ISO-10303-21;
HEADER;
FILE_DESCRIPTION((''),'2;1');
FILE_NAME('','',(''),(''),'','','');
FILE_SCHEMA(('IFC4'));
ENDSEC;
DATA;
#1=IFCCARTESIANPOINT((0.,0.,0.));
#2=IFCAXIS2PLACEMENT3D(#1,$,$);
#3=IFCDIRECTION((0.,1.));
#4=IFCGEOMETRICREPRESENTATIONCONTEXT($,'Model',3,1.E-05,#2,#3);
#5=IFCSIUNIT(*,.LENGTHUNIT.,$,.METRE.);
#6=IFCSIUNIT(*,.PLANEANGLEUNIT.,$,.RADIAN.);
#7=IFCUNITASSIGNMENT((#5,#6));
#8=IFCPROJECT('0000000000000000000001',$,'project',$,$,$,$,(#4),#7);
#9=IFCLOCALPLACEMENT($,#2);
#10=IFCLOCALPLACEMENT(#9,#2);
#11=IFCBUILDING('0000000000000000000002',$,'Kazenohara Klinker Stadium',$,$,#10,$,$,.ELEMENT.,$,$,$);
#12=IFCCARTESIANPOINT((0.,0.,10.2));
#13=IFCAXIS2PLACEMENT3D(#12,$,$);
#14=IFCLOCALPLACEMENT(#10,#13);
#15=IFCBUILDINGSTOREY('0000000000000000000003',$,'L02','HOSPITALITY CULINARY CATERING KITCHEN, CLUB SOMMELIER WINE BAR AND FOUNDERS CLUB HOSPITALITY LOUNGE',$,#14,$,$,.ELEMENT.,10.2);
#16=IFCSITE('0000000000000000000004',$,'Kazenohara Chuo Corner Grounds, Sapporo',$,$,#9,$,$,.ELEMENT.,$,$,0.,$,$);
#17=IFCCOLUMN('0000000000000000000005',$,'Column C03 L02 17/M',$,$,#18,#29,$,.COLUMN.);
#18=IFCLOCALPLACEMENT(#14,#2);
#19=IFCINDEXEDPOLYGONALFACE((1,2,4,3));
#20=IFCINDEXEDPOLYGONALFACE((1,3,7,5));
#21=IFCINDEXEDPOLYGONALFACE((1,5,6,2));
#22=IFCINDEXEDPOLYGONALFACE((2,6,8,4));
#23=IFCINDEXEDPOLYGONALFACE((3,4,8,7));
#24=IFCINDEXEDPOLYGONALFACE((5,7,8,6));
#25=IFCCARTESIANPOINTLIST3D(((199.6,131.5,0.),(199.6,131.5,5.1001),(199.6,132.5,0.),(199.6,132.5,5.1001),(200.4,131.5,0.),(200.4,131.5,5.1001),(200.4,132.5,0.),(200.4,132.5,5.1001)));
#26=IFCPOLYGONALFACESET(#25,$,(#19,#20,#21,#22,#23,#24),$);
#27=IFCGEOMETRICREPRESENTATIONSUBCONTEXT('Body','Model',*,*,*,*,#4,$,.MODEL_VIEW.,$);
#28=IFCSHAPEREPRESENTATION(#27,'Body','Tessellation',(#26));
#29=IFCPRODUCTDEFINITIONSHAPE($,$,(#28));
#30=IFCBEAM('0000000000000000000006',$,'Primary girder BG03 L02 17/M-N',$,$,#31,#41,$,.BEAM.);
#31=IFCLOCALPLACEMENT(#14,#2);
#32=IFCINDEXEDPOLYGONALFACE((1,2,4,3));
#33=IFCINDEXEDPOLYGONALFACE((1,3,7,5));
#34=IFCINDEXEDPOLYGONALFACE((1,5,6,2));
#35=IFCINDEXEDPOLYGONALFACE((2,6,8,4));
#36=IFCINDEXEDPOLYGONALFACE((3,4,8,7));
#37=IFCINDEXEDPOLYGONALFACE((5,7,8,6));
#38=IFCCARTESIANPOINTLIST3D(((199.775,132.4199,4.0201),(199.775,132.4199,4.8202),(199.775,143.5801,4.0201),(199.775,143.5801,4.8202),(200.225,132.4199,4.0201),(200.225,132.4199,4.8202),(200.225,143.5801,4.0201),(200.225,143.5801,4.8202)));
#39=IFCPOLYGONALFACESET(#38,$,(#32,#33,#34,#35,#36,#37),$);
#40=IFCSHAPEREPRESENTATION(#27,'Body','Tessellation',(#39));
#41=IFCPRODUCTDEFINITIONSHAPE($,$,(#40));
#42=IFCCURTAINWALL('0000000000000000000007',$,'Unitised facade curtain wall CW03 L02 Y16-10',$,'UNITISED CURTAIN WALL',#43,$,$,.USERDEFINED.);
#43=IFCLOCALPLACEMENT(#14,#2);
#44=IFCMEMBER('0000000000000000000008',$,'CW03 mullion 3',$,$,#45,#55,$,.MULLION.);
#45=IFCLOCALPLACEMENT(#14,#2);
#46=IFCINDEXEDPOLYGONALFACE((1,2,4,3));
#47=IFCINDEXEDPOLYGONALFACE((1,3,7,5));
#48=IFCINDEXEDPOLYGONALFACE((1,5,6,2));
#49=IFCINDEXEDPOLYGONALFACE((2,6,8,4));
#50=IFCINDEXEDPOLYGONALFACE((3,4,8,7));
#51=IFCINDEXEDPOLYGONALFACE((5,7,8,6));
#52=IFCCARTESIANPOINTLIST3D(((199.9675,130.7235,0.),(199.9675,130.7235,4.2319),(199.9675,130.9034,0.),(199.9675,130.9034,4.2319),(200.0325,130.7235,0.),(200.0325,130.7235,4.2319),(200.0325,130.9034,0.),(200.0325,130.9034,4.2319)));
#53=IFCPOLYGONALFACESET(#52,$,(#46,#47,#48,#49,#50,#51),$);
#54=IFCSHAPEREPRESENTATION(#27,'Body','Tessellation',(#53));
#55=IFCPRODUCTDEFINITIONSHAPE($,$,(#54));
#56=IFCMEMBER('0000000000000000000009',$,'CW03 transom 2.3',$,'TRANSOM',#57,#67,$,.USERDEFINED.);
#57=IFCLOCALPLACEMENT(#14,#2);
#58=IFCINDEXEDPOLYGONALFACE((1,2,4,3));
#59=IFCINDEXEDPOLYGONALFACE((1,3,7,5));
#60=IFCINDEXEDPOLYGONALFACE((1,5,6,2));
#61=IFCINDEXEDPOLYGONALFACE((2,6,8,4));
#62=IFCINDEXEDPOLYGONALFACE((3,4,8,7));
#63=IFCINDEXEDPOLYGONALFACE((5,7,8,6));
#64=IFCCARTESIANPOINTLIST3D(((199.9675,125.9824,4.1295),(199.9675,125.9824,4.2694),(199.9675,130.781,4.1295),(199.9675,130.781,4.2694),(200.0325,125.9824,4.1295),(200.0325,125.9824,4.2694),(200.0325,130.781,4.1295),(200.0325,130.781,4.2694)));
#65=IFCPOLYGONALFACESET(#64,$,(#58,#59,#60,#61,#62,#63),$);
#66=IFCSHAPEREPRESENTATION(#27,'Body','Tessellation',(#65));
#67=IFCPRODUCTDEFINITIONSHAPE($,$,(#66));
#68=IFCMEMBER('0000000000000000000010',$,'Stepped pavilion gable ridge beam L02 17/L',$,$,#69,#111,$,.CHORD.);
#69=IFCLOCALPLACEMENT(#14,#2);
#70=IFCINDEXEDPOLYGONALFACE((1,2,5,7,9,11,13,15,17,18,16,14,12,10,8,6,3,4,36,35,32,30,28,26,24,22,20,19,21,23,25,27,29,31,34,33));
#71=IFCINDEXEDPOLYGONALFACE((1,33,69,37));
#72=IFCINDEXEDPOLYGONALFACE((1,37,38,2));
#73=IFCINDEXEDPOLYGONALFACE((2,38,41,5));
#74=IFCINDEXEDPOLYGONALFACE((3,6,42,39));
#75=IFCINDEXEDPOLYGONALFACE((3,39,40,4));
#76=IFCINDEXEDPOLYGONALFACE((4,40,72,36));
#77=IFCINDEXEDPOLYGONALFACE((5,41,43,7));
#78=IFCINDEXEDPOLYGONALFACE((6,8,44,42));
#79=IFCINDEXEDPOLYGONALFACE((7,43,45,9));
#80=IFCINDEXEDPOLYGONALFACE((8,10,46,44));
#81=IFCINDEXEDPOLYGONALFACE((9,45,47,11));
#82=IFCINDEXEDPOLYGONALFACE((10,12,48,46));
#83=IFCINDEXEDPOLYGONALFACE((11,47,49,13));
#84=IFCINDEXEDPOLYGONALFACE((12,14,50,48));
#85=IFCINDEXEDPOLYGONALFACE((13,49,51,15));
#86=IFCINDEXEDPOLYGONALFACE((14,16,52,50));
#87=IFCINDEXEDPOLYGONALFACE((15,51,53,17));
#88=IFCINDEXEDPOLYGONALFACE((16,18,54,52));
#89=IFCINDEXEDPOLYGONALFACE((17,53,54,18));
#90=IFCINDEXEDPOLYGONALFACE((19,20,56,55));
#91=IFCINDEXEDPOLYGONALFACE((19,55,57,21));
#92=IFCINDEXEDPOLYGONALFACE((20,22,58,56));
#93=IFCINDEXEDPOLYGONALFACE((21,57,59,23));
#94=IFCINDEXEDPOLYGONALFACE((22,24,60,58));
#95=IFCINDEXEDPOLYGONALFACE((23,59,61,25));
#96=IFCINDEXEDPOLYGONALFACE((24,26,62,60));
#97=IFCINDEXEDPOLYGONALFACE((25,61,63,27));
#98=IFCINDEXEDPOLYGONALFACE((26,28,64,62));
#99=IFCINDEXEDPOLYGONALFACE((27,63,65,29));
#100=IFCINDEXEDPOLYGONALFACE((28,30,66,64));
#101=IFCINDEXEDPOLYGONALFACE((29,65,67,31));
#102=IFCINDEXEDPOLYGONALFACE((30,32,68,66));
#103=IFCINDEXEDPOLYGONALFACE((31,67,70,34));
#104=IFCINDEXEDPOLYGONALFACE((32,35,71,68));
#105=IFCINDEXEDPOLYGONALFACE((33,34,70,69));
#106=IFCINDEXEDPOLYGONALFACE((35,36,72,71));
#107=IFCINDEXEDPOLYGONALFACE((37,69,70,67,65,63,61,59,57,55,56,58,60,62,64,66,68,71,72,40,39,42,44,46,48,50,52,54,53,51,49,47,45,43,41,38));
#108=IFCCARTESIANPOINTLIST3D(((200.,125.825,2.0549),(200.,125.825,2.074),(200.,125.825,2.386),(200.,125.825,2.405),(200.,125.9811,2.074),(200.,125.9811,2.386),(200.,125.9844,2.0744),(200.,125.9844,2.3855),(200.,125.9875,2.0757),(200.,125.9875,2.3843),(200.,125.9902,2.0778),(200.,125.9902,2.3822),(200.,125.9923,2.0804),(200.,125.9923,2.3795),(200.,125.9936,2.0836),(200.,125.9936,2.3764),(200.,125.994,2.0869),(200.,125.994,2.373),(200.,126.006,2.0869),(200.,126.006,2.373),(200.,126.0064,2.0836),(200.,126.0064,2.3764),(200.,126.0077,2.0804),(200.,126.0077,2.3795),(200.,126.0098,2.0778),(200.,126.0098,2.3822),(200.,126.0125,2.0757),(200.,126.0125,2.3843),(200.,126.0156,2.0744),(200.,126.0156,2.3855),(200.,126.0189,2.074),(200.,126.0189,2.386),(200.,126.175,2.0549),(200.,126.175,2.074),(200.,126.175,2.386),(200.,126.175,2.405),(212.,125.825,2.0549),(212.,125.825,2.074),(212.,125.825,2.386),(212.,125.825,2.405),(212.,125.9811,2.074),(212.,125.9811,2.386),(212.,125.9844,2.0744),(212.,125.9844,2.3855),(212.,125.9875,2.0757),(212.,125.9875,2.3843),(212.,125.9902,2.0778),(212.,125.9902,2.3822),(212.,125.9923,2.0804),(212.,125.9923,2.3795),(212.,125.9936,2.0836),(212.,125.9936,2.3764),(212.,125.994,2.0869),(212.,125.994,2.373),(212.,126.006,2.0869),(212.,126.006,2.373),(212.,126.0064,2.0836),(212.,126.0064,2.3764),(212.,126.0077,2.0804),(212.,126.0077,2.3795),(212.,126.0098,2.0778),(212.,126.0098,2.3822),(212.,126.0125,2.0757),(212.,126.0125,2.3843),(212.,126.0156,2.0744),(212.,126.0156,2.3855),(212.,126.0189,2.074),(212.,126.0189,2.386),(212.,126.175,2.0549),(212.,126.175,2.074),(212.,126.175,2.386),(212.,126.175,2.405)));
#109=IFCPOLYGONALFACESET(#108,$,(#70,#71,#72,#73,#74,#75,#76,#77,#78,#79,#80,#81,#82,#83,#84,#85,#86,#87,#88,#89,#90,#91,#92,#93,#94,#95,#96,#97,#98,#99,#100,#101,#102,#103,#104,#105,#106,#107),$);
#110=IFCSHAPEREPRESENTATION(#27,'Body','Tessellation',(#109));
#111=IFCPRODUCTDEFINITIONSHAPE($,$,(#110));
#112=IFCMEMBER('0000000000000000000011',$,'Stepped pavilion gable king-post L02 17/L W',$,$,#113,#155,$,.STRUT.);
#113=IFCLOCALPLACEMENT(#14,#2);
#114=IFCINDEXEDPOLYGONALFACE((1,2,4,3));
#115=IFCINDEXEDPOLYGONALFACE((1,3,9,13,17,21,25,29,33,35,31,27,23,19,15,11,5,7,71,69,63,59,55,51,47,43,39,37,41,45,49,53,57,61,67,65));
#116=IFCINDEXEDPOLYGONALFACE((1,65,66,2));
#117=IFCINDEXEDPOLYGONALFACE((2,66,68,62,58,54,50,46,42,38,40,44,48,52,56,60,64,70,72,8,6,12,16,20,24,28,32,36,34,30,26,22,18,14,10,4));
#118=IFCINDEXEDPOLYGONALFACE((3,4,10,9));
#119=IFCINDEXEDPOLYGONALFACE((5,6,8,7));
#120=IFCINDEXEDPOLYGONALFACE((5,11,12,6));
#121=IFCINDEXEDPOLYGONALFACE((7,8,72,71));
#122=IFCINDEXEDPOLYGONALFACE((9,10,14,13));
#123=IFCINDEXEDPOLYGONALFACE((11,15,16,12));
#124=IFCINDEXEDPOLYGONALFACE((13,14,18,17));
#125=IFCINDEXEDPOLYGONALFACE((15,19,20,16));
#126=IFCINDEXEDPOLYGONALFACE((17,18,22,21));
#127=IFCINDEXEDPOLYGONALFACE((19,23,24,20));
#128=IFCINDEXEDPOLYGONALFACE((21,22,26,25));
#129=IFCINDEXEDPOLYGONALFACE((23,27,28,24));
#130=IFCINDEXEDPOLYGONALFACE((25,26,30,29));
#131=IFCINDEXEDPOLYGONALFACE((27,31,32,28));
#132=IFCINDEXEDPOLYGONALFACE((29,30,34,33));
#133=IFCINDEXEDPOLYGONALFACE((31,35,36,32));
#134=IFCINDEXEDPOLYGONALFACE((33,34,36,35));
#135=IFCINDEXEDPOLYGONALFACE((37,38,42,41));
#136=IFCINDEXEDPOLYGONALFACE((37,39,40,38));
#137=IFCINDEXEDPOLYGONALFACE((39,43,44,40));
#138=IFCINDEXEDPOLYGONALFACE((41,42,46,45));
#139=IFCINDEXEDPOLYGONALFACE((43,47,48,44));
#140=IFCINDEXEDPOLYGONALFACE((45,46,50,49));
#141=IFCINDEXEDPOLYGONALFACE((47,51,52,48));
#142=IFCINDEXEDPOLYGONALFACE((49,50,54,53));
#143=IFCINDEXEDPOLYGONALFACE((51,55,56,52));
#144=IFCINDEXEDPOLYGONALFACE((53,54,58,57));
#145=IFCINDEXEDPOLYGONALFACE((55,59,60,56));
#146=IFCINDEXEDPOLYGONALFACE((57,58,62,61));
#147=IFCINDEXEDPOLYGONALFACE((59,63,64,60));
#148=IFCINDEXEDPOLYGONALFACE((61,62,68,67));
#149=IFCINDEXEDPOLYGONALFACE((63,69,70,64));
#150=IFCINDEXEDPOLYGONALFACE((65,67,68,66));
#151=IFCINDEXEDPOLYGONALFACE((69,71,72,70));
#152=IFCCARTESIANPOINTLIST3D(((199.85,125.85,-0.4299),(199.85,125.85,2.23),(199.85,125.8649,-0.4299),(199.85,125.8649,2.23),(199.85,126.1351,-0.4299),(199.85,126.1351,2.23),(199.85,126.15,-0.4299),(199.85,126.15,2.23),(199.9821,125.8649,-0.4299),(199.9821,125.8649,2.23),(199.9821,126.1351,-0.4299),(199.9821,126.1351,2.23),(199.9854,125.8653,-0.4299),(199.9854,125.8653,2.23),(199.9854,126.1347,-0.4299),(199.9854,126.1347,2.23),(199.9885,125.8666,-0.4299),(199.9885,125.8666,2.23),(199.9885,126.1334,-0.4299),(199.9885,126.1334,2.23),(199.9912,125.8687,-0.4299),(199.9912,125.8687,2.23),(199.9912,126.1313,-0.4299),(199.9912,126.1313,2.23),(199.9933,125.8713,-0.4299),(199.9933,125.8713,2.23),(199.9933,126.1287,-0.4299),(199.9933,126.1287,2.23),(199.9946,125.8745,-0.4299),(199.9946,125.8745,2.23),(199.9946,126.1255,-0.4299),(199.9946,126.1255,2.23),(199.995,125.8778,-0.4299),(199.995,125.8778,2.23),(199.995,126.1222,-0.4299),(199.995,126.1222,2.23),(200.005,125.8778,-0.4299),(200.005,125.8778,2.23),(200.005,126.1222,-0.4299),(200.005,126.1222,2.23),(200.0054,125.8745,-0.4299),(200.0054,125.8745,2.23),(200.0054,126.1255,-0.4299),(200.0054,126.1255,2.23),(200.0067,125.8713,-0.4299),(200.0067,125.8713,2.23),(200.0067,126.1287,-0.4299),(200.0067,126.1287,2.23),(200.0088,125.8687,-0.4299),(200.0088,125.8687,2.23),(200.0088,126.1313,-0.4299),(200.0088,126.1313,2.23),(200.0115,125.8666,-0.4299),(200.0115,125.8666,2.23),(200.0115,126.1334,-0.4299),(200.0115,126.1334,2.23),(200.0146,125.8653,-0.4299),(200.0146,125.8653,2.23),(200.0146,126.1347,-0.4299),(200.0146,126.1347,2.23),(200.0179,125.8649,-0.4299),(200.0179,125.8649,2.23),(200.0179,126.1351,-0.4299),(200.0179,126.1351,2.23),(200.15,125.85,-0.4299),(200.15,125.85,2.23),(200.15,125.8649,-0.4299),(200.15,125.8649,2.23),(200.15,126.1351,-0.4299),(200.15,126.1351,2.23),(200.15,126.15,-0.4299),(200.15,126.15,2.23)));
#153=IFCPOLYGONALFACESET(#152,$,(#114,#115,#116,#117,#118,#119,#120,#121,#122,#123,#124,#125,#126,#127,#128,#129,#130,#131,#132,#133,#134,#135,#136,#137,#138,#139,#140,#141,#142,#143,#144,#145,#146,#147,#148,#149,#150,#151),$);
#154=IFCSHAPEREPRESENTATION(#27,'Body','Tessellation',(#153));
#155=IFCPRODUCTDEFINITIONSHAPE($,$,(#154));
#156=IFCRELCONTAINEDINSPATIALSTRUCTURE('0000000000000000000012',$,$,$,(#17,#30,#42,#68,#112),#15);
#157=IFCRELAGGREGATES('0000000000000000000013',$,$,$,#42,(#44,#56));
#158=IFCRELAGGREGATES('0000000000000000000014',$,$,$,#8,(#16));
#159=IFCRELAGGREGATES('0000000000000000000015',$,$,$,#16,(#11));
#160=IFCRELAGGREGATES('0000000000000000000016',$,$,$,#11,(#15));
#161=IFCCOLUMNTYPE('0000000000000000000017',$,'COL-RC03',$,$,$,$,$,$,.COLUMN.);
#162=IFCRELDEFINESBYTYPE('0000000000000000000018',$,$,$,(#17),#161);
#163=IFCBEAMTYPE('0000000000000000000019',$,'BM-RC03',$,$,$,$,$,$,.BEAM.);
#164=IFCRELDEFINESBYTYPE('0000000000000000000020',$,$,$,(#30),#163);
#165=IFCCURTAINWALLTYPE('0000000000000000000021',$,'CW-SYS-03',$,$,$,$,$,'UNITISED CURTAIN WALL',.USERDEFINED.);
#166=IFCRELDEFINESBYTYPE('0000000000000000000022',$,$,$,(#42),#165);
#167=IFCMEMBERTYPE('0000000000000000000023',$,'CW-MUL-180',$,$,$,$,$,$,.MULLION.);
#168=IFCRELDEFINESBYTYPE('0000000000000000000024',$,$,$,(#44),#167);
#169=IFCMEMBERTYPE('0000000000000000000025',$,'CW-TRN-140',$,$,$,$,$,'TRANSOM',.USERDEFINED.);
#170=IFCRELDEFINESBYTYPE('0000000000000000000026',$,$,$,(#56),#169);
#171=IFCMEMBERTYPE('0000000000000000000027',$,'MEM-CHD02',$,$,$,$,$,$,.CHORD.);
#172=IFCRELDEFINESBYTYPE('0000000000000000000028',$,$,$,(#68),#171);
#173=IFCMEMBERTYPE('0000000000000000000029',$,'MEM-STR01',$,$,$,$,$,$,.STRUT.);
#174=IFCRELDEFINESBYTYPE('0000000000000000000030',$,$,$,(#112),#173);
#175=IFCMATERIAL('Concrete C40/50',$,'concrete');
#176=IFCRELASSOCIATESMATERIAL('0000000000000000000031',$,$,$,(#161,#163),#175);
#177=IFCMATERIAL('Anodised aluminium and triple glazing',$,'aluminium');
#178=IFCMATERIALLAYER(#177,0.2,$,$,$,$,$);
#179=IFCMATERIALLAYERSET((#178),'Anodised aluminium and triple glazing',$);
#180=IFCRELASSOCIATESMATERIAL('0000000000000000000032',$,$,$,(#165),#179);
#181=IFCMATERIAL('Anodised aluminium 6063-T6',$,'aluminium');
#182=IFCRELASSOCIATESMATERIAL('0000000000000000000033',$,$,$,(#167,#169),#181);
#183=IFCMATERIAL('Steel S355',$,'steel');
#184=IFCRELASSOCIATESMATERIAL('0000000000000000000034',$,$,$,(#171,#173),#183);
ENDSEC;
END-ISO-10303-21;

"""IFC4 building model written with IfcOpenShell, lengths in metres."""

from ifc_helpers import new_model, si_unit, direction, frame, origin, origin_2d, place, context, subcontext, project, spatial, rectangle, i_section, extrude, material, layer, layer_set, material_profile, profile_set, type_object, element, aggregate, save


model = new_model("IFC4")

# Units and contexts
model_context = context("Model", 3, precision=1e-05, world=origin(), true_north=direction((0.0, 1.0)))
body_context = subcontext(model_context, "Body", "Model", "MODEL_VIEW")
ifc_project = project(units=[si_unit("LENGTHUNIT", "METRE"), si_unit("PLANEANGLEUNIT", "RADIAN")], contexts=[model_context])

# Site, building, storey
site_placement = place(None, origin())
site = spatial("IfcSite", under=ifc_project, at=site_placement, Name="Kazenohara Chuo Corner Grounds, Sapporo", CompositionType="ELEMENT", RefElevation=0.0)
building_placement = place(site_placement, origin())
building = spatial("IfcBuilding", under=site, at=building_placement, Name="Kazenohara Klinker Stadium", CompositionType="ELEMENT")
storey_placement = place(building_placement, frame((0.0, 0.0, 10.2)))
storey = spatial("IfcBuildingStorey", under=building, at=storey_placement, Name="L02", Description="HOSPITALITY CULINARY CATERING KITCHEN, CLUB SOMMELIER WINE BAR AND FOUNDERS CLUB HOSPITALITY LOUNGE", CompositionType="ELEMENT", Elevation=10.2)

# Column
ifc_material_1 = material(Name="Concrete C40/50", Category="concrete")
ifc_material_profile_1 = material_profile(ifc_material_1, rectangle(XDim=0.8, YDim=1.0, at=origin_2d()), Name="RC-COL-1000x800")
ifc_profile_set_1 = profile_set([ifc_material_profile_1], Name="Concrete C40/50")
column_type = type_object("IfcColumnType", Name="COL-RC03", PredefinedType="COLUMN", material=ifc_profile_set_1)
column_placement = place(storey_placement, frame((200.0, 132.0, 0.0), z_axis=(0.0, 0.0, 1.0), x_axis=(1.0, 0.0, 0.0)))
element("IfcColumn", 1, at=column_placement, inside=storey, type_object=column_type, Name="Column C03 L02 17/M", PredefinedType="COLUMN", context=body_context, shape_type="SweptSolid", body=[
    extrude(rectangle(XDim=0.8, YDim=1.0, at=origin_2d()), origin(), (0.0, 0.0, 1.0), 5.1001),
])

# Beam
ifc_material_profile_2 = material_profile(ifc_material_1, rectangle(XDim=0.45, YDim=0.8, at=origin_2d()), Name="RC-BM-450x800")
ifc_profile_set_2 = profile_set([ifc_material_profile_2], Name="Concrete C40/50")
beam_type = type_object("IfcBeamType", Name="BM-RC03", PredefinedType="BEAM", material=ifc_profile_set_2)
beam_placement = place(storey_placement, frame((200.0, 132.4199, 4.4202), z_axis=(0.0, 1.0, 0.0), x_axis=(-1.0, 0.0, 0.0)))
element("IfcBeam", 2, at=beam_placement, inside=storey, type_object=beam_type, Name="Primary girder BG03 L02 17/M-N", PredefinedType="BEAM", context=body_context, shape_type="SweptSolid", body=[
    extrude(rectangle(XDim=0.45, YDim=0.8, at=origin_2d()), origin(), (0.0, 0.0, 1.0), 11.1602),
])

# Curtain wall, members
ifc_material_2 = material(Name="Anodised aluminium and triple glazing", Category="aluminium")
ifc_layer_1 = layer(ifc_material_2, 0.2)
ifc_layer_set_1 = layer_set([ifc_layer_1], Name="Anodised aluminium and triple glazing")
curtain_wall_type = type_object("IfcCurtainWallType", Name="CW-SYS-03", ElementType="UNITISED CURTAIN WALL", PredefinedType="USERDEFINED", material=ifc_layer_set_1)
curtain_wall_placement = place(storey_placement, origin())
curtain_wall = element("IfcCurtainWall", 3, at=curtain_wall_placement, inside=storey, type_object=curtain_wall_type, Name="Unitised facade curtain wall CW03 L02 Y16-10", ObjectType="UNITISED CURTAIN WALL", PredefinedType="USERDEFINED")
ifc_material_3 = material(Name="Anodised aluminium 6063-T6", Category="aluminium")
ifc_material_profile_3 = material_profile(ifc_material_3, rectangle(XDim=0.0649, YDim=0.1799, at=origin_2d()), Name="ALU-MUL-65x180")
ifc_profile_set_3 = profile_set([ifc_material_profile_3], Name="Anodised aluminium 6063-T6")
member_type_1 = type_object("IfcMemberType", Name="CW-MUL-180", PredefinedType="MULLION", material=ifc_profile_set_3)
member_1_placement = place(storey_placement, frame((200.0, 130.8135, 0.0), z_axis=(0.0, 0.0, 1.0), x_axis=(-1.0, 0.0, 0.0)))
member_1 = element("IfcMember", 4, at=member_1_placement, type_object=member_type_1, Name="CW03 mullion 3", PredefinedType="MULLION", context=body_context, shape_type="SweptSolid", body=[
    extrude(rectangle(XDim=0.0649, YDim=0.1799, at=origin_2d()), origin(), (0.0, 0.0, 1.0), 4.2319),
])
ifc_material_profile_4 = material_profile(ifc_material_3, rectangle(XDim=0.0649, YDim=0.1399, at=origin_2d()), Name="ALU-TRN-65x140")
ifc_profile_set_4 = profile_set([ifc_material_profile_4], Name="Anodised aluminium 6063-T6")
member_type_2 = type_object("IfcMemberType", Name="CW-TRN-140", ElementType="TRANSOM", PredefinedType="USERDEFINED", material=ifc_profile_set_4)
member_2_placement = place(storey_placement, frame((200.0, 125.9824, 4.1995), z_axis=(0.0, 1.0, 0.0), x_axis=(-1.0, 0.0, 0.0)))
member_2 = element("IfcMember", 5, at=member_2_placement, type_object=member_type_2, Name="CW03 transom 2.3", ObjectType="TRANSOM", PredefinedType="USERDEFINED", context=body_context, shape_type="SweptSolid", body=[
    extrude(rectangle(XDim=0.0649, YDim=0.1399, at=origin_2d()), origin(), (0.0, 0.0, 1.0), 4.7986),
])

# Members
ifc_material_4 = material(Name="Steel S355", Category="steel")
ifc_material_profile_5 = material_profile(ifc_material_4, i_section(OverallWidth=0.3501, OverallDepth=0.3501, WebThickness=0.012, FlangeThickness=0.019, FilletRadius=0.0129, at=origin_2d()), Name="H-350x350x12x19")
ifc_profile_set_5 = profile_set([ifc_material_profile_5], Name="Steel S355")
member_type_3 = type_object("IfcMemberType", Name="MEM-CHD02", PredefinedType="CHORD", material=ifc_profile_set_5)
member_3_placement = place(storey_placement, frame((200.0, 126.0, 2.23), z_axis=(1.0, 0.0, 0.0), x_axis=(0.0, 1.0, 0.0)))
element("IfcMember", 6, at=member_3_placement, inside=storey, type_object=member_type_3, Name="Stepped pavilion gable ridge beam L02 17/L", PredefinedType="CHORD", context=body_context, shape_type="SweptSolid", body=[
    extrude(i_section(OverallWidth=0.3501, OverallDepth=0.3501, WebThickness=0.012, FlangeThickness=0.019, FilletRadius=0.0129, at=origin_2d()), origin(), (0.0, 0.0, 1.0), 12.0),
])
ifc_material_profile_6 = material_profile(ifc_material_4, i_section(OverallWidth=0.3, OverallDepth=0.3, WebThickness=0.01, FlangeThickness=0.0149, FilletRadius=0.0129, at=origin_2d()), Name="H-300x300x10x15")
ifc_profile_set_6 = profile_set([ifc_material_profile_6], Name="Steel S355")
member_type_4 = type_object("IfcMemberType", Name="MEM-STR01", PredefinedType="STRUT", material=ifc_profile_set_6)
for number, where, z_axis, x_axis, name in (
    (7, (200.0, 126.0, -0.4299), (0.0, 0.0, 1.0), (1.0, 0.0, 0.0), "Stepped pavilion gable king-post L02 17/L W"),
):
    element("IfcMember", number, at=place(storey_placement, frame(where, z_axis=z_axis, x_axis=x_axis)), inside=storey, type_object=member_type_4, Name=name, PredefinedType="STRUT", context=body_context, shape_type="SweptSolid", body=[
        extrude(i_section(OverallWidth=0.3, OverallDepth=0.3, WebThickness=0.01, FlangeThickness=0.0149, FilletRadius=0.0129, at=origin_2d()), origin(), (0.0, 0.0, 1.0), 2.6599),
    ])

aggregate(curtain_wall, [member_1, member_2])

save(model, "model.ifc")
